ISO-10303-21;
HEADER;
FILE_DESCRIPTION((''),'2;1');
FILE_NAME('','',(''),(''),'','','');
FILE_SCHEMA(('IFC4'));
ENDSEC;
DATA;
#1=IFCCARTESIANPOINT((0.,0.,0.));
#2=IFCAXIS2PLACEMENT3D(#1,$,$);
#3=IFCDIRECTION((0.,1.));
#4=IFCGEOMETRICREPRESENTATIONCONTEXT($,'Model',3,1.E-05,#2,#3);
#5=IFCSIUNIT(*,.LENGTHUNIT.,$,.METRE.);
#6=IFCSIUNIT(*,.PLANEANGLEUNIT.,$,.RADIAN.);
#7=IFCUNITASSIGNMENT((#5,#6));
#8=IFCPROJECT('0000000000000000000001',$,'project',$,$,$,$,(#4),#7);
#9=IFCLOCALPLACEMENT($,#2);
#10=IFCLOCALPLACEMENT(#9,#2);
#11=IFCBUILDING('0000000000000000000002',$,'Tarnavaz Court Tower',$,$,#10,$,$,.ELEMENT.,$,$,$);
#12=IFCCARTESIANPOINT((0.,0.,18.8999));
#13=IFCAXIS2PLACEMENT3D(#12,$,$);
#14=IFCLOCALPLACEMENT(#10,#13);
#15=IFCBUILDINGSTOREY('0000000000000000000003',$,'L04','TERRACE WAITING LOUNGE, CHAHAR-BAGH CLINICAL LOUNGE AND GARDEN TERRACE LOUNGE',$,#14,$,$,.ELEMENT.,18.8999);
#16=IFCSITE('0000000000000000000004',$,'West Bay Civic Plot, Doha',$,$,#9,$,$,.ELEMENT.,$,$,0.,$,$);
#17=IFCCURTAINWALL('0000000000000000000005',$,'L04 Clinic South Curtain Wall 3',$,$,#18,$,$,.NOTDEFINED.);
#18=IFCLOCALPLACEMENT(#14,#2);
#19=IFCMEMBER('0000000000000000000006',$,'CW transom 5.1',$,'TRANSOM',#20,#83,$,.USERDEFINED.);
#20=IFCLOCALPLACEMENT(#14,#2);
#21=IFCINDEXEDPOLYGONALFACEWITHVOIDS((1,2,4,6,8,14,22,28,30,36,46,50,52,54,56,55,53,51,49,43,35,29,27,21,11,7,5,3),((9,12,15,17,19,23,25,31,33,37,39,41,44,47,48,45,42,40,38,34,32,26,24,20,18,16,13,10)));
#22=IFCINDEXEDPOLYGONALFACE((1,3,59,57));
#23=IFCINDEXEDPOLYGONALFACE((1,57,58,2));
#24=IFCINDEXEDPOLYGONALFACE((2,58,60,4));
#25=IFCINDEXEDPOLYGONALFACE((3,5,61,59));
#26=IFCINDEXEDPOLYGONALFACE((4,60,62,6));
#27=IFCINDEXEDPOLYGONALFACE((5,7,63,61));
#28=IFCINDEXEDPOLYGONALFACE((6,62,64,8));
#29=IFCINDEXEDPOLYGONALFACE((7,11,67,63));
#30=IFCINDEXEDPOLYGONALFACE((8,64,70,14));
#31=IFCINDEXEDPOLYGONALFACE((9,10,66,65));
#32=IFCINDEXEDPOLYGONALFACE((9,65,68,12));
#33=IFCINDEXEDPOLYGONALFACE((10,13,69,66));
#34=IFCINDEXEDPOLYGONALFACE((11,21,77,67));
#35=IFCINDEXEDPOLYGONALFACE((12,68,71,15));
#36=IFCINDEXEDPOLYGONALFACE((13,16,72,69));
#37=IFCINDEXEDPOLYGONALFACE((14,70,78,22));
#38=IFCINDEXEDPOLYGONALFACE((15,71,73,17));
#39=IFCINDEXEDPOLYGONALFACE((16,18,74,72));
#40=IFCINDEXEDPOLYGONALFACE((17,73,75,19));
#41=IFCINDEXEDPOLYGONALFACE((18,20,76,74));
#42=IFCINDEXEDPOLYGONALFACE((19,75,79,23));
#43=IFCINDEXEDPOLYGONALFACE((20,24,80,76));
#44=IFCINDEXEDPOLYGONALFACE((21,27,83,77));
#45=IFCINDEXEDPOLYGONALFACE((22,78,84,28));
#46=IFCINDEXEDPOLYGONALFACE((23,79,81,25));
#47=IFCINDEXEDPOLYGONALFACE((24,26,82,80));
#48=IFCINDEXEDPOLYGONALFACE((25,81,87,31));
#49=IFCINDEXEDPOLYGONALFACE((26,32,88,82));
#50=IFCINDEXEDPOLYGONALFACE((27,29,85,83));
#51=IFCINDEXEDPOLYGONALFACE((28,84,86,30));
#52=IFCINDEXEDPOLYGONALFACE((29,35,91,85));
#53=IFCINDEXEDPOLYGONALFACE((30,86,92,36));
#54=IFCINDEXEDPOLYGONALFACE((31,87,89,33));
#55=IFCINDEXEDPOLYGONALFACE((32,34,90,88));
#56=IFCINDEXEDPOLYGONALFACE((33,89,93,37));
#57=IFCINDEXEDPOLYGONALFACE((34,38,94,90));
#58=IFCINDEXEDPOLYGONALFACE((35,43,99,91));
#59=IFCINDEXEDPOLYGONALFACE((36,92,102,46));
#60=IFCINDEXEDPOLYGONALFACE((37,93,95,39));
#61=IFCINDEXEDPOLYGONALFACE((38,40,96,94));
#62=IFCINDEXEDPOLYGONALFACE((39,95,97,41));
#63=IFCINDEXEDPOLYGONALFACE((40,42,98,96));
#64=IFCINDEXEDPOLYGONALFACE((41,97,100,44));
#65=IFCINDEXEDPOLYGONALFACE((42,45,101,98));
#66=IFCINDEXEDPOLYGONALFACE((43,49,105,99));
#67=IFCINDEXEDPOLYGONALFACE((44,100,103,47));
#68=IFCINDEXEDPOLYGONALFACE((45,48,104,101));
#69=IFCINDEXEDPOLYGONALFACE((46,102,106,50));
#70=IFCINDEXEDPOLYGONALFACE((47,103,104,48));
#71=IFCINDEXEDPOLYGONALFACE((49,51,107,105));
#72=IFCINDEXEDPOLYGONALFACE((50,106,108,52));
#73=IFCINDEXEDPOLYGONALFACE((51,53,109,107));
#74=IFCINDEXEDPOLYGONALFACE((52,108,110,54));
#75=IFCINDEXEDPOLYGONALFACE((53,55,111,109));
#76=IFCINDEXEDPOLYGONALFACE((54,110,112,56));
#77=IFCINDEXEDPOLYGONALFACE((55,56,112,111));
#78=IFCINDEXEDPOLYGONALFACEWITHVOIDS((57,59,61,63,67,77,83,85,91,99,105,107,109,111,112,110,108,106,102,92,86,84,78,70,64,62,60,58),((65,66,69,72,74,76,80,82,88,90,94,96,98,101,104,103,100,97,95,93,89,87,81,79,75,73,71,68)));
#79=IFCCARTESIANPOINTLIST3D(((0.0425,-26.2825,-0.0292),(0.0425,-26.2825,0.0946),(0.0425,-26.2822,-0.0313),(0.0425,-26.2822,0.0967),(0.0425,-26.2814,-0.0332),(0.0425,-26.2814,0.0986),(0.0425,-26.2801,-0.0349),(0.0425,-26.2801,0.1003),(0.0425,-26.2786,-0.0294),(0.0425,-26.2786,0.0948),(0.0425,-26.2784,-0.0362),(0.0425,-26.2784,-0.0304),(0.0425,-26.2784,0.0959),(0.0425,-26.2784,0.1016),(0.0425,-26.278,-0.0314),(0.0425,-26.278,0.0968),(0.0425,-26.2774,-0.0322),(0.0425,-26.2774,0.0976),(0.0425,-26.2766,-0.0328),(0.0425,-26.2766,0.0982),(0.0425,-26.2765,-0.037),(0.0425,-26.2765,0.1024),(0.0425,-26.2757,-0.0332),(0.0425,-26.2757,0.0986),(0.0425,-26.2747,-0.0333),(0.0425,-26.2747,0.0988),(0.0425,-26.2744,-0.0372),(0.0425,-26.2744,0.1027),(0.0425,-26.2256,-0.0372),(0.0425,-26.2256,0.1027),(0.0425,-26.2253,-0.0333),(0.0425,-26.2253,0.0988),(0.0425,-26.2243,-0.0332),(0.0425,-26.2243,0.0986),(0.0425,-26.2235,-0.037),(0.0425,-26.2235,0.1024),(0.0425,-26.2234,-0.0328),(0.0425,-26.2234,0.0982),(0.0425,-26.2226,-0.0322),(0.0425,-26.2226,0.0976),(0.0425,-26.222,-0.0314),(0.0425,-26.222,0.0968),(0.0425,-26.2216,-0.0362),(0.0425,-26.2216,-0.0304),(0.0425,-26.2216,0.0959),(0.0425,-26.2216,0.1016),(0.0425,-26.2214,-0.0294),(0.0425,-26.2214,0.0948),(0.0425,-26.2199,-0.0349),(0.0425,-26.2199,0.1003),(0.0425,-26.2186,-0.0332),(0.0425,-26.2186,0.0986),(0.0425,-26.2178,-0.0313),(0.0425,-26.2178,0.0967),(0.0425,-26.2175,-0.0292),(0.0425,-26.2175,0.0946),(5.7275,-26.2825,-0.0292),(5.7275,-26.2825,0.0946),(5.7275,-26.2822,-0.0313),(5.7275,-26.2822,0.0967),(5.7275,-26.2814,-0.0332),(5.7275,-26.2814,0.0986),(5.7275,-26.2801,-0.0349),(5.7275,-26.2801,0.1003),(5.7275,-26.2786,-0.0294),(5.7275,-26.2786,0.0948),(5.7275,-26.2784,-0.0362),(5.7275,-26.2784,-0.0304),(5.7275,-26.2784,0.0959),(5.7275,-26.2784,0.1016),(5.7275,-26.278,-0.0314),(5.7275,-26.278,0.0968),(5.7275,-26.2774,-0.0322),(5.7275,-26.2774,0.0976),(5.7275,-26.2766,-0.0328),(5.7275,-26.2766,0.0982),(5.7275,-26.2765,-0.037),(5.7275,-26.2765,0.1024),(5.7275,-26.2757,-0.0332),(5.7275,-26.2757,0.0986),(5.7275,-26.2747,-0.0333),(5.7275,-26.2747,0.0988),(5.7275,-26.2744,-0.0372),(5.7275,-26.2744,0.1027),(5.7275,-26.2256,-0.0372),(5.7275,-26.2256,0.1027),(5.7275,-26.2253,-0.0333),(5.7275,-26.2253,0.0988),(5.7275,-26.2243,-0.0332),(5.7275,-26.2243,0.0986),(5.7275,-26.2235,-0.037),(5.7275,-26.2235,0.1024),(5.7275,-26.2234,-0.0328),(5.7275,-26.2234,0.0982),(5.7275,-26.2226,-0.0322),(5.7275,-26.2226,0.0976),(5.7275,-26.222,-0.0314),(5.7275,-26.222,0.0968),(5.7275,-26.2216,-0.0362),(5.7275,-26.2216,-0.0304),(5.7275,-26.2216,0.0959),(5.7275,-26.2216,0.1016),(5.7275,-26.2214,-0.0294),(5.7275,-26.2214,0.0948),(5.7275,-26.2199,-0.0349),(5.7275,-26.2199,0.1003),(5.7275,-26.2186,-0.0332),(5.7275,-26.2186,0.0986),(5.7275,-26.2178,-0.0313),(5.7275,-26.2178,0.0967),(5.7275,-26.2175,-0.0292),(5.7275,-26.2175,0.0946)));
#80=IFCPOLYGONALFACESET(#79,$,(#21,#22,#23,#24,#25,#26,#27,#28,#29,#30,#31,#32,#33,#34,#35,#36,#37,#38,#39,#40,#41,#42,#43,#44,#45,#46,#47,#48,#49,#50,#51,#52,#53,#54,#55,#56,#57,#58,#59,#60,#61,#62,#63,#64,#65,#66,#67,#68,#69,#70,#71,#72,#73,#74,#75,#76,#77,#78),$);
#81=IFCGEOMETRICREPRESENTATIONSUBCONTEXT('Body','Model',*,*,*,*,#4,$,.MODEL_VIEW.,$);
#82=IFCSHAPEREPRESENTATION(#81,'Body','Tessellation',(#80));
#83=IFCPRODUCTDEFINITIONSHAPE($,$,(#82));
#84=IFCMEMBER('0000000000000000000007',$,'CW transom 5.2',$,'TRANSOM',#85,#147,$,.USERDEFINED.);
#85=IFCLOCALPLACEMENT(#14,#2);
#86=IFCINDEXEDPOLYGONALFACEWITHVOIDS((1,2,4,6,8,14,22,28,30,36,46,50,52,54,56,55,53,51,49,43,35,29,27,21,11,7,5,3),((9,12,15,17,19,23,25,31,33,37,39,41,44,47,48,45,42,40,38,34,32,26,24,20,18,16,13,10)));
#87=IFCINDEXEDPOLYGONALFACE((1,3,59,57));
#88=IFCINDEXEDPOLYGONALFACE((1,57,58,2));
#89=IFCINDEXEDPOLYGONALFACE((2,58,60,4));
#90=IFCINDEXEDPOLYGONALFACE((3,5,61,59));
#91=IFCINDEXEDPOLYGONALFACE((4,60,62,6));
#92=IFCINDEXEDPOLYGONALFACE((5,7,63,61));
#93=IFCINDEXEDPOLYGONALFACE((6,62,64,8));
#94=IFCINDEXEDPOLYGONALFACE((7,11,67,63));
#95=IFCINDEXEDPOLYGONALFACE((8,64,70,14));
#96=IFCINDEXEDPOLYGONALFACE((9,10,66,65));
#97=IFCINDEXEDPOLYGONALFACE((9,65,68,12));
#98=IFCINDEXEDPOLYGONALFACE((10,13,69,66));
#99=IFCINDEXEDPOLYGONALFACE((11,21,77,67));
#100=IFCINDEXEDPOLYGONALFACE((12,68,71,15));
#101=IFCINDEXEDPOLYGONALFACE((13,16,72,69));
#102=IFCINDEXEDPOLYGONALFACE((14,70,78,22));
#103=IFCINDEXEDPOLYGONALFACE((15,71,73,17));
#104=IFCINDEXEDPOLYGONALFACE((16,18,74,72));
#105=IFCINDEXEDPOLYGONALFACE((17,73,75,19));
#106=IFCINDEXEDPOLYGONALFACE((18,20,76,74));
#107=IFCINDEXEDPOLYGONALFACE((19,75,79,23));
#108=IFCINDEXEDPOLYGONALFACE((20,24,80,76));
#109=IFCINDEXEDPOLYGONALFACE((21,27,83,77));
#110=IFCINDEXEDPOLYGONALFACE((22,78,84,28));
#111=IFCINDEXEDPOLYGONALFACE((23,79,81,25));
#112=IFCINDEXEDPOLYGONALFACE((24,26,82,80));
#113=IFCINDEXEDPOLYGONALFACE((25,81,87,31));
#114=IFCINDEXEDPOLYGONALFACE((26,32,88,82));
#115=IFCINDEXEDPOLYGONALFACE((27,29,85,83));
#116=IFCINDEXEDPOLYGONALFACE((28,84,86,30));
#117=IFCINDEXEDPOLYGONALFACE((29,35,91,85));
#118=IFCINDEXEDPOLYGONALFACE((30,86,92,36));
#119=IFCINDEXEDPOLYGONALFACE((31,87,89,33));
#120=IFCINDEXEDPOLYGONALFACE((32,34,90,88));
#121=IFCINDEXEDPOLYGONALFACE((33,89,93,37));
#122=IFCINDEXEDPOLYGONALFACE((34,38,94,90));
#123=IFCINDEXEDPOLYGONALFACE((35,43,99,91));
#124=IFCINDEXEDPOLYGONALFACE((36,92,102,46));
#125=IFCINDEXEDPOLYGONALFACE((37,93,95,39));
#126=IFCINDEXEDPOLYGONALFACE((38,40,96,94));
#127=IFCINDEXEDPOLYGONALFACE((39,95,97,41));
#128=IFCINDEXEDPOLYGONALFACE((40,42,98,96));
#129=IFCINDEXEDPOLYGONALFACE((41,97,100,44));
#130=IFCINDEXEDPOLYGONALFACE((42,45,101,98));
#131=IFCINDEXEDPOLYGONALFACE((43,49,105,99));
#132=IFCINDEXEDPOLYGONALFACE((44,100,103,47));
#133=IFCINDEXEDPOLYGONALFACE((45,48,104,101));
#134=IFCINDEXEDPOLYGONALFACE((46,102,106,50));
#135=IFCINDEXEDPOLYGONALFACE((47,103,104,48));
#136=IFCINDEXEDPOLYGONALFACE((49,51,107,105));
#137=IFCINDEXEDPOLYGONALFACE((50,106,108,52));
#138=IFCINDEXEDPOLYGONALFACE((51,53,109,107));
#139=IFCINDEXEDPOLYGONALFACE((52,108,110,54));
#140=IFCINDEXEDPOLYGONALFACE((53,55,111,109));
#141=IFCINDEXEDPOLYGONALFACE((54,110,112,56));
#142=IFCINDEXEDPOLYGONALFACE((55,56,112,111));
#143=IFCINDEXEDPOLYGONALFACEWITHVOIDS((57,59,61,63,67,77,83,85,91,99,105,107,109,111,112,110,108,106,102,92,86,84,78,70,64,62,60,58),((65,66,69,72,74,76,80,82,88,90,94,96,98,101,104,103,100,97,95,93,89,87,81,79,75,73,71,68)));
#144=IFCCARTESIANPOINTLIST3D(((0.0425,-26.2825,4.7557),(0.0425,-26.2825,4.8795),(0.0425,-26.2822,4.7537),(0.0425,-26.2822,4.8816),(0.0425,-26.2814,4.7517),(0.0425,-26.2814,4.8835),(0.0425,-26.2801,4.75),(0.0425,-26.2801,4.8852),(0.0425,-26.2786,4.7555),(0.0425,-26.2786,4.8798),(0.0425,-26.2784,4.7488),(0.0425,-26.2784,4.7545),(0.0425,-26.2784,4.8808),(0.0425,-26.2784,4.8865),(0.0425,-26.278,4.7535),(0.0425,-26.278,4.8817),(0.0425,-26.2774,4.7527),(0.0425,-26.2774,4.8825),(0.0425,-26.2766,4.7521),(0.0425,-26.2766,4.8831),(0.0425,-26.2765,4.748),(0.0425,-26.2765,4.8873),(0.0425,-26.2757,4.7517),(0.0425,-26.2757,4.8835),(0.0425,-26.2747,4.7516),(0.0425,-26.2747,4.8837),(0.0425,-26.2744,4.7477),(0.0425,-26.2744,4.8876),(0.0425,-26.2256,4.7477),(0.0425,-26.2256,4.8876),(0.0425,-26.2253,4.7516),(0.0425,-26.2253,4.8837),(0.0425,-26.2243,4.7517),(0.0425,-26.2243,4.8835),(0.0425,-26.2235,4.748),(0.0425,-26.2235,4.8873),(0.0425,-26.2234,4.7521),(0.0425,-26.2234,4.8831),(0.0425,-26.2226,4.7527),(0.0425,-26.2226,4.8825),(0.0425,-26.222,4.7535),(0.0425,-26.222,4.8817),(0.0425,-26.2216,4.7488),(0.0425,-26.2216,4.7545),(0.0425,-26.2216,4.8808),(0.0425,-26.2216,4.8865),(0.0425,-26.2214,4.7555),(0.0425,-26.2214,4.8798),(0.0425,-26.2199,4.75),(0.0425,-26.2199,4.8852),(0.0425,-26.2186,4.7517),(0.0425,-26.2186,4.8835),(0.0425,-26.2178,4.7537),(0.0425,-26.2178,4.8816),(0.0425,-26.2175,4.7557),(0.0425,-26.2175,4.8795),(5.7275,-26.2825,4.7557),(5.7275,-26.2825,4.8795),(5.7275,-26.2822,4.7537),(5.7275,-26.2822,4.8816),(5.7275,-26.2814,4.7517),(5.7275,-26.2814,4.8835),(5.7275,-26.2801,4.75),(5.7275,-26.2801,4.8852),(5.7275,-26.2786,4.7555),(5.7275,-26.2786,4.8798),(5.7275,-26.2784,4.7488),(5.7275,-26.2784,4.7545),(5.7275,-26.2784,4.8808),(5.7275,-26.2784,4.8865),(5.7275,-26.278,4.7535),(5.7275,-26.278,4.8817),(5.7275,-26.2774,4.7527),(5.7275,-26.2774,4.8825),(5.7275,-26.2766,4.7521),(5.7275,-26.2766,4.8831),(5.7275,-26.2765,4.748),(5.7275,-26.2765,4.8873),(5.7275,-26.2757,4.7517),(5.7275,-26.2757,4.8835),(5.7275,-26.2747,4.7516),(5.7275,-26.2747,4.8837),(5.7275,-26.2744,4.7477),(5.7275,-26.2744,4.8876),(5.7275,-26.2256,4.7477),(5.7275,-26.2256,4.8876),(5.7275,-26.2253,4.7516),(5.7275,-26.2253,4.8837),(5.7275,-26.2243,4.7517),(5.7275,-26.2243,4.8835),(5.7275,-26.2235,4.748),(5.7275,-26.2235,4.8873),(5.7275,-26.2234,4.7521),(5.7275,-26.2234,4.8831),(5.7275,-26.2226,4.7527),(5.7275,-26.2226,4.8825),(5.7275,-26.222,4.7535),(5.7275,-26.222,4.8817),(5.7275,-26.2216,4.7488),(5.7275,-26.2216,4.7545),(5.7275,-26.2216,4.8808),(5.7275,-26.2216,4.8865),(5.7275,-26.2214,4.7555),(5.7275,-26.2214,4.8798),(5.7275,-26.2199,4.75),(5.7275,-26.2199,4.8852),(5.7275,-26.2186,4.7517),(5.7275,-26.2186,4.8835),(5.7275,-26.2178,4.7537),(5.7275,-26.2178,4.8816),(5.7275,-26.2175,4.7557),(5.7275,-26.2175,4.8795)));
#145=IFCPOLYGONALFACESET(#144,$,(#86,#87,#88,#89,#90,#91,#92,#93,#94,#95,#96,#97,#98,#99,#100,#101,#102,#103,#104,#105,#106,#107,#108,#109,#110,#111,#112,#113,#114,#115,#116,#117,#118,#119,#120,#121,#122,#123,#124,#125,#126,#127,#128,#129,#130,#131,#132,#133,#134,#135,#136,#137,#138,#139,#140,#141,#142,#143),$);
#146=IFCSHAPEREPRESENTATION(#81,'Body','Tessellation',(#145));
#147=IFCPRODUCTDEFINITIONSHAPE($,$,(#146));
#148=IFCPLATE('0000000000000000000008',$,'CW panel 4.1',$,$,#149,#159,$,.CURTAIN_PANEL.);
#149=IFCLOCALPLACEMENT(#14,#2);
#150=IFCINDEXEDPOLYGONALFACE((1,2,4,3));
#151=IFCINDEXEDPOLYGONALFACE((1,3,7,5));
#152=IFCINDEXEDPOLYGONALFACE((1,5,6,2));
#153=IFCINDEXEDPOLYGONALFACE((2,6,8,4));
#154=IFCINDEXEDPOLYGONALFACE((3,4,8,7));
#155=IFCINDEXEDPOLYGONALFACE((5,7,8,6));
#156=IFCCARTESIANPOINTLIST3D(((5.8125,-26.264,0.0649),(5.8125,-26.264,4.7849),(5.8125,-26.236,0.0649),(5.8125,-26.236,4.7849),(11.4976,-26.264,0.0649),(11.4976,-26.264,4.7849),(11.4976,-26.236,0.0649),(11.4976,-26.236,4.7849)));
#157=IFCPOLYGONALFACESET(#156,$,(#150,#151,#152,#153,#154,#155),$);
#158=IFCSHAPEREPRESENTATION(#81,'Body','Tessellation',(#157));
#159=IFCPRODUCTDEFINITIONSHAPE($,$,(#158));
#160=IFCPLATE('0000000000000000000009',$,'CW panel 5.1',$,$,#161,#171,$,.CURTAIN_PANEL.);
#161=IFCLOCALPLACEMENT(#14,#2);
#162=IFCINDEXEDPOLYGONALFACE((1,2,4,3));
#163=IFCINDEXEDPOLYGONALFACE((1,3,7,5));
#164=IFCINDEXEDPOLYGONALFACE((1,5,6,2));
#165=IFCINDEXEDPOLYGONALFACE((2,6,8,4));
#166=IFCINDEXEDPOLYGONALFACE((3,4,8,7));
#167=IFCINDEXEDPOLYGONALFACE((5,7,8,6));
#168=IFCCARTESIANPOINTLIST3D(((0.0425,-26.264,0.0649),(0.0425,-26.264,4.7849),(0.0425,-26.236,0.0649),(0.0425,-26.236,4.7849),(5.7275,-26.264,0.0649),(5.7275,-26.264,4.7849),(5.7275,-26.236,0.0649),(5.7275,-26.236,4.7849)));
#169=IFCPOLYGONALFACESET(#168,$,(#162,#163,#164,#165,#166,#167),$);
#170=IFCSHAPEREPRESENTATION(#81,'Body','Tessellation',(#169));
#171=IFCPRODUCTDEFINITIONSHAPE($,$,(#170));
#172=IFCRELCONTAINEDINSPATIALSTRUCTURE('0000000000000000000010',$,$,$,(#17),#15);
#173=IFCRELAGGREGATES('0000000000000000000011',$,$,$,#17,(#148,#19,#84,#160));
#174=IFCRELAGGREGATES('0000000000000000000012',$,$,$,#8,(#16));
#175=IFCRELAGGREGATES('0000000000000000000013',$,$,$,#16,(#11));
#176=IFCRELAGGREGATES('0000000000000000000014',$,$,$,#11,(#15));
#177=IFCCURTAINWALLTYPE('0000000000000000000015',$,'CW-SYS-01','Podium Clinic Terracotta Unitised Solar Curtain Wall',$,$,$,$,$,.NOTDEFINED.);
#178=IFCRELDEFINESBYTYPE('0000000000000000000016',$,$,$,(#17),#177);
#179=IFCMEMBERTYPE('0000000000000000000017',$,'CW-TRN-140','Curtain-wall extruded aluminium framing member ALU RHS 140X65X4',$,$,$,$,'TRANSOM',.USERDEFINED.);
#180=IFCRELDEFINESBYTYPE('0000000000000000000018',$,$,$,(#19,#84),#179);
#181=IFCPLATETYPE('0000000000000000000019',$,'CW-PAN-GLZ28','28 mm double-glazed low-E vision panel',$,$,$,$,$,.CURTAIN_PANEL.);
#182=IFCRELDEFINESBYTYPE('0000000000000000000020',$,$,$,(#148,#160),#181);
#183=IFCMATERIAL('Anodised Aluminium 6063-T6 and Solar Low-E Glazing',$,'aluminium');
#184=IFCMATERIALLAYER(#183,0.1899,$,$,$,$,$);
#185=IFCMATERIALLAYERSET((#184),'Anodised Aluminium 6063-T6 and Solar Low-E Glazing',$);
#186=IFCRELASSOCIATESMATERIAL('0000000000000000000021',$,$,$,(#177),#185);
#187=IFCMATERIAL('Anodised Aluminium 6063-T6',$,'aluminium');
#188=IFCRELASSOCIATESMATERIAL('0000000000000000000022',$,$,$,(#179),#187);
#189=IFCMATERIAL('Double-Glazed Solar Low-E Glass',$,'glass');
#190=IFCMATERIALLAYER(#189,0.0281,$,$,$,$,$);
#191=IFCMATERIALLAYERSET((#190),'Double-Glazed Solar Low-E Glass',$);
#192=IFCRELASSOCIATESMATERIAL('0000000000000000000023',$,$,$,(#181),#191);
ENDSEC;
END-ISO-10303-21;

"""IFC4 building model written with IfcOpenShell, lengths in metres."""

from ifc_helpers import new_model, si_unit, direction, frame, origin, origin_2d, place, context, subcontext, project, spatial, rectangle, hollow_rectangle, extrude, material, layer, layer_set, material_profile, profile_set, type_object, element, aggregate, save


model = new_model("IFC4")

# Units and contexts
model_context = context("Model", 3, precision=1e-05, world=origin(), true_north=direction((0.0, 1.0)))
body_context = subcontext(model_context, "Body", "Model", "MODEL_VIEW")
ifc_project = project(units=[si_unit("LENGTHUNIT", "METRE"), si_unit("PLANEANGLEUNIT", "RADIAN")], contexts=[model_context])

# Site, building, storey
site_placement = place(None, origin())
site = spatial("IfcSite", under=ifc_project, at=site_placement, Name="West Bay Civic Plot, Doha", CompositionType="ELEMENT", RefElevation=0.0)
building_placement = place(site_placement, origin())
building = spatial("IfcBuilding", under=site, at=building_placement, Name="Tarnavaz Court Tower", CompositionType="ELEMENT")
storey_placement = place(building_placement, frame((0.0, 0.0, 18.8999)))
storey = spatial("IfcBuildingStorey", under=building, at=storey_placement, Name="L04", Description="TERRACE WAITING LOUNGE, CHAHAR-BAGH CLINICAL LOUNGE AND GARDEN TERRACE LOUNGE", CompositionType="ELEMENT", Elevation=18.8999)

# Curtain wall, members, plates
ifc_material_1 = material(Name="Anodised Aluminium 6063-T6 and Solar Low-E Glazing", Category="aluminium")
ifc_layer_1 = layer(ifc_material_1, 0.1899)
ifc_layer_set_1 = layer_set([ifc_layer_1], Name="Anodised Aluminium 6063-T6 and Solar Low-E Glazing")
curtain_wall_type = type_object("IfcCurtainWallType", Name="CW-SYS-01", Description="Podium Clinic Terracotta Unitised Solar Curtain Wall", PredefinedType="NOTDEFINED", material=ifc_layer_set_1)
curtain_wall_placement = place(storey_placement, origin())
curtain_wall = element("IfcCurtainWall", 1, at=curtain_wall_placement, inside=storey, type_object=curtain_wall_type, Name="L04 Clinic South Curtain Wall 3", PredefinedType="NOTDEFINED")
ifc_material_2 = material(Name="Anodised Aluminium 6063-T6", Category="aluminium")
ifc_material_profile_1 = material_profile(ifc_material_2, hollow_rectangle(XDim=0.0649, YDim=0.1399, WallThickness=0.0039, InnerFilletRadius=0.0039, OuterFilletRadius=0.0081, at=origin_2d()), Name="ALU RHS 140X65X4")
ifc_profile_set_1 = profile_set([ifc_material_profile_1], Name="Anodised Aluminium 6063-T6")
member_type_1 = type_object("IfcMemberType", Name="CW-TRN-140", Description="Curtain-wall extruded aluminium framing member ALU RHS 140X65X4", ElementType="TRANSOM", PredefinedType="USERDEFINED", material=ifc_profile_set_1)
member_1_placement = place(storey_placement, frame((5.7275, -26.25, 0.0327), z_axis=(-1.0, 0.0, 0.0), x_axis=(0.0, -1.0, 0.0)))
member_1 = element("IfcMember", 2, at=member_1_placement, type_object=member_type_1, Name="CW transom 5.1", ObjectType="TRANSOM", PredefinedType="USERDEFINED", context=body_context, shape_type="SweptSolid", body=[
    extrude(hollow_rectangle(XDim=0.0649, YDim=0.1399, WallThickness=0.0039, InnerFilletRadius=0.0039, OuterFilletRadius=0.0081, at=origin_2d()), origin(), (0.0, 0.0, 1.0), 5.6851),
])
member_2_placement = place(storey_placement, frame((5.7275, -26.25, 4.8176), z_axis=(-1.0, 0.0, 0.0), x_axis=(0.0, -1.0, 0.0)))
member_2 = element("IfcMember", 3, at=member_2_placement, type_object=member_type_1, Name="CW transom 5.2", ObjectType="TRANSOM", PredefinedType="USERDEFINED", context=body_context, shape_type="SweptSolid", body=[
    extrude(hollow_rectangle(XDim=0.0649, YDim=0.1399, WallThickness=0.0039, InnerFilletRadius=0.0039, OuterFilletRadius=0.0081, at=origin_2d()), origin(), (0.0, 0.0, 1.0), 5.6851),
])
ifc_material_3 = material(Name="Double-Glazed Solar Low-E Glass", Category="glass")
ifc_layer_2 = layer(ifc_material_3, 0.0281)
ifc_layer_set_2 = layer_set([ifc_layer_2], Name="Double-Glazed Solar Low-E Glass")
plate_type = type_object("IfcPlateType", Name="CW-PAN-GLZ28", Description="28 mm double-glazed low-E vision panel", PredefinedType="CURTAIN_PANEL", material=ifc_layer_set_2)
plate_1_placement = place(storey_placement, frame((8.655, -26.25, 0.0649), z_axis=(0.0, 0.0, 1.0), x_axis=(-1.0, 0.0, 0.0)))
plate_1 = element("IfcPlate", 4, at=plate_1_placement, type_object=plate_type, Name="CW panel 4.1", PredefinedType="CURTAIN_PANEL", context=body_context, shape_type="SweptSolid", body=[
    extrude(rectangle(XDim=5.6851, YDim=0.0281, at=origin_2d()), origin(), (0.0, 0.0, 1.0), 4.72),
])
plate_2_placement = place(storey_placement, frame((2.885, -26.25, 0.0649), z_axis=(0.0, 0.0, 1.0), x_axis=(-1.0, 0.0, 0.0)))
plate_2 = element("IfcPlate", 5, at=plate_2_placement, type_object=plate_type, Name="CW panel 5.1", PredefinedType="CURTAIN_PANEL", context=body_context, shape_type="SweptSolid", body=[
    extrude(rectangle(XDim=5.6851, YDim=0.0281, at=origin_2d()), origin(), (0.0, 0.0, 1.0), 4.72),
])
aggregate(curtain_wall, [plate_1, member_1, member_2, plate_2])

save(model, "model.ifc")
